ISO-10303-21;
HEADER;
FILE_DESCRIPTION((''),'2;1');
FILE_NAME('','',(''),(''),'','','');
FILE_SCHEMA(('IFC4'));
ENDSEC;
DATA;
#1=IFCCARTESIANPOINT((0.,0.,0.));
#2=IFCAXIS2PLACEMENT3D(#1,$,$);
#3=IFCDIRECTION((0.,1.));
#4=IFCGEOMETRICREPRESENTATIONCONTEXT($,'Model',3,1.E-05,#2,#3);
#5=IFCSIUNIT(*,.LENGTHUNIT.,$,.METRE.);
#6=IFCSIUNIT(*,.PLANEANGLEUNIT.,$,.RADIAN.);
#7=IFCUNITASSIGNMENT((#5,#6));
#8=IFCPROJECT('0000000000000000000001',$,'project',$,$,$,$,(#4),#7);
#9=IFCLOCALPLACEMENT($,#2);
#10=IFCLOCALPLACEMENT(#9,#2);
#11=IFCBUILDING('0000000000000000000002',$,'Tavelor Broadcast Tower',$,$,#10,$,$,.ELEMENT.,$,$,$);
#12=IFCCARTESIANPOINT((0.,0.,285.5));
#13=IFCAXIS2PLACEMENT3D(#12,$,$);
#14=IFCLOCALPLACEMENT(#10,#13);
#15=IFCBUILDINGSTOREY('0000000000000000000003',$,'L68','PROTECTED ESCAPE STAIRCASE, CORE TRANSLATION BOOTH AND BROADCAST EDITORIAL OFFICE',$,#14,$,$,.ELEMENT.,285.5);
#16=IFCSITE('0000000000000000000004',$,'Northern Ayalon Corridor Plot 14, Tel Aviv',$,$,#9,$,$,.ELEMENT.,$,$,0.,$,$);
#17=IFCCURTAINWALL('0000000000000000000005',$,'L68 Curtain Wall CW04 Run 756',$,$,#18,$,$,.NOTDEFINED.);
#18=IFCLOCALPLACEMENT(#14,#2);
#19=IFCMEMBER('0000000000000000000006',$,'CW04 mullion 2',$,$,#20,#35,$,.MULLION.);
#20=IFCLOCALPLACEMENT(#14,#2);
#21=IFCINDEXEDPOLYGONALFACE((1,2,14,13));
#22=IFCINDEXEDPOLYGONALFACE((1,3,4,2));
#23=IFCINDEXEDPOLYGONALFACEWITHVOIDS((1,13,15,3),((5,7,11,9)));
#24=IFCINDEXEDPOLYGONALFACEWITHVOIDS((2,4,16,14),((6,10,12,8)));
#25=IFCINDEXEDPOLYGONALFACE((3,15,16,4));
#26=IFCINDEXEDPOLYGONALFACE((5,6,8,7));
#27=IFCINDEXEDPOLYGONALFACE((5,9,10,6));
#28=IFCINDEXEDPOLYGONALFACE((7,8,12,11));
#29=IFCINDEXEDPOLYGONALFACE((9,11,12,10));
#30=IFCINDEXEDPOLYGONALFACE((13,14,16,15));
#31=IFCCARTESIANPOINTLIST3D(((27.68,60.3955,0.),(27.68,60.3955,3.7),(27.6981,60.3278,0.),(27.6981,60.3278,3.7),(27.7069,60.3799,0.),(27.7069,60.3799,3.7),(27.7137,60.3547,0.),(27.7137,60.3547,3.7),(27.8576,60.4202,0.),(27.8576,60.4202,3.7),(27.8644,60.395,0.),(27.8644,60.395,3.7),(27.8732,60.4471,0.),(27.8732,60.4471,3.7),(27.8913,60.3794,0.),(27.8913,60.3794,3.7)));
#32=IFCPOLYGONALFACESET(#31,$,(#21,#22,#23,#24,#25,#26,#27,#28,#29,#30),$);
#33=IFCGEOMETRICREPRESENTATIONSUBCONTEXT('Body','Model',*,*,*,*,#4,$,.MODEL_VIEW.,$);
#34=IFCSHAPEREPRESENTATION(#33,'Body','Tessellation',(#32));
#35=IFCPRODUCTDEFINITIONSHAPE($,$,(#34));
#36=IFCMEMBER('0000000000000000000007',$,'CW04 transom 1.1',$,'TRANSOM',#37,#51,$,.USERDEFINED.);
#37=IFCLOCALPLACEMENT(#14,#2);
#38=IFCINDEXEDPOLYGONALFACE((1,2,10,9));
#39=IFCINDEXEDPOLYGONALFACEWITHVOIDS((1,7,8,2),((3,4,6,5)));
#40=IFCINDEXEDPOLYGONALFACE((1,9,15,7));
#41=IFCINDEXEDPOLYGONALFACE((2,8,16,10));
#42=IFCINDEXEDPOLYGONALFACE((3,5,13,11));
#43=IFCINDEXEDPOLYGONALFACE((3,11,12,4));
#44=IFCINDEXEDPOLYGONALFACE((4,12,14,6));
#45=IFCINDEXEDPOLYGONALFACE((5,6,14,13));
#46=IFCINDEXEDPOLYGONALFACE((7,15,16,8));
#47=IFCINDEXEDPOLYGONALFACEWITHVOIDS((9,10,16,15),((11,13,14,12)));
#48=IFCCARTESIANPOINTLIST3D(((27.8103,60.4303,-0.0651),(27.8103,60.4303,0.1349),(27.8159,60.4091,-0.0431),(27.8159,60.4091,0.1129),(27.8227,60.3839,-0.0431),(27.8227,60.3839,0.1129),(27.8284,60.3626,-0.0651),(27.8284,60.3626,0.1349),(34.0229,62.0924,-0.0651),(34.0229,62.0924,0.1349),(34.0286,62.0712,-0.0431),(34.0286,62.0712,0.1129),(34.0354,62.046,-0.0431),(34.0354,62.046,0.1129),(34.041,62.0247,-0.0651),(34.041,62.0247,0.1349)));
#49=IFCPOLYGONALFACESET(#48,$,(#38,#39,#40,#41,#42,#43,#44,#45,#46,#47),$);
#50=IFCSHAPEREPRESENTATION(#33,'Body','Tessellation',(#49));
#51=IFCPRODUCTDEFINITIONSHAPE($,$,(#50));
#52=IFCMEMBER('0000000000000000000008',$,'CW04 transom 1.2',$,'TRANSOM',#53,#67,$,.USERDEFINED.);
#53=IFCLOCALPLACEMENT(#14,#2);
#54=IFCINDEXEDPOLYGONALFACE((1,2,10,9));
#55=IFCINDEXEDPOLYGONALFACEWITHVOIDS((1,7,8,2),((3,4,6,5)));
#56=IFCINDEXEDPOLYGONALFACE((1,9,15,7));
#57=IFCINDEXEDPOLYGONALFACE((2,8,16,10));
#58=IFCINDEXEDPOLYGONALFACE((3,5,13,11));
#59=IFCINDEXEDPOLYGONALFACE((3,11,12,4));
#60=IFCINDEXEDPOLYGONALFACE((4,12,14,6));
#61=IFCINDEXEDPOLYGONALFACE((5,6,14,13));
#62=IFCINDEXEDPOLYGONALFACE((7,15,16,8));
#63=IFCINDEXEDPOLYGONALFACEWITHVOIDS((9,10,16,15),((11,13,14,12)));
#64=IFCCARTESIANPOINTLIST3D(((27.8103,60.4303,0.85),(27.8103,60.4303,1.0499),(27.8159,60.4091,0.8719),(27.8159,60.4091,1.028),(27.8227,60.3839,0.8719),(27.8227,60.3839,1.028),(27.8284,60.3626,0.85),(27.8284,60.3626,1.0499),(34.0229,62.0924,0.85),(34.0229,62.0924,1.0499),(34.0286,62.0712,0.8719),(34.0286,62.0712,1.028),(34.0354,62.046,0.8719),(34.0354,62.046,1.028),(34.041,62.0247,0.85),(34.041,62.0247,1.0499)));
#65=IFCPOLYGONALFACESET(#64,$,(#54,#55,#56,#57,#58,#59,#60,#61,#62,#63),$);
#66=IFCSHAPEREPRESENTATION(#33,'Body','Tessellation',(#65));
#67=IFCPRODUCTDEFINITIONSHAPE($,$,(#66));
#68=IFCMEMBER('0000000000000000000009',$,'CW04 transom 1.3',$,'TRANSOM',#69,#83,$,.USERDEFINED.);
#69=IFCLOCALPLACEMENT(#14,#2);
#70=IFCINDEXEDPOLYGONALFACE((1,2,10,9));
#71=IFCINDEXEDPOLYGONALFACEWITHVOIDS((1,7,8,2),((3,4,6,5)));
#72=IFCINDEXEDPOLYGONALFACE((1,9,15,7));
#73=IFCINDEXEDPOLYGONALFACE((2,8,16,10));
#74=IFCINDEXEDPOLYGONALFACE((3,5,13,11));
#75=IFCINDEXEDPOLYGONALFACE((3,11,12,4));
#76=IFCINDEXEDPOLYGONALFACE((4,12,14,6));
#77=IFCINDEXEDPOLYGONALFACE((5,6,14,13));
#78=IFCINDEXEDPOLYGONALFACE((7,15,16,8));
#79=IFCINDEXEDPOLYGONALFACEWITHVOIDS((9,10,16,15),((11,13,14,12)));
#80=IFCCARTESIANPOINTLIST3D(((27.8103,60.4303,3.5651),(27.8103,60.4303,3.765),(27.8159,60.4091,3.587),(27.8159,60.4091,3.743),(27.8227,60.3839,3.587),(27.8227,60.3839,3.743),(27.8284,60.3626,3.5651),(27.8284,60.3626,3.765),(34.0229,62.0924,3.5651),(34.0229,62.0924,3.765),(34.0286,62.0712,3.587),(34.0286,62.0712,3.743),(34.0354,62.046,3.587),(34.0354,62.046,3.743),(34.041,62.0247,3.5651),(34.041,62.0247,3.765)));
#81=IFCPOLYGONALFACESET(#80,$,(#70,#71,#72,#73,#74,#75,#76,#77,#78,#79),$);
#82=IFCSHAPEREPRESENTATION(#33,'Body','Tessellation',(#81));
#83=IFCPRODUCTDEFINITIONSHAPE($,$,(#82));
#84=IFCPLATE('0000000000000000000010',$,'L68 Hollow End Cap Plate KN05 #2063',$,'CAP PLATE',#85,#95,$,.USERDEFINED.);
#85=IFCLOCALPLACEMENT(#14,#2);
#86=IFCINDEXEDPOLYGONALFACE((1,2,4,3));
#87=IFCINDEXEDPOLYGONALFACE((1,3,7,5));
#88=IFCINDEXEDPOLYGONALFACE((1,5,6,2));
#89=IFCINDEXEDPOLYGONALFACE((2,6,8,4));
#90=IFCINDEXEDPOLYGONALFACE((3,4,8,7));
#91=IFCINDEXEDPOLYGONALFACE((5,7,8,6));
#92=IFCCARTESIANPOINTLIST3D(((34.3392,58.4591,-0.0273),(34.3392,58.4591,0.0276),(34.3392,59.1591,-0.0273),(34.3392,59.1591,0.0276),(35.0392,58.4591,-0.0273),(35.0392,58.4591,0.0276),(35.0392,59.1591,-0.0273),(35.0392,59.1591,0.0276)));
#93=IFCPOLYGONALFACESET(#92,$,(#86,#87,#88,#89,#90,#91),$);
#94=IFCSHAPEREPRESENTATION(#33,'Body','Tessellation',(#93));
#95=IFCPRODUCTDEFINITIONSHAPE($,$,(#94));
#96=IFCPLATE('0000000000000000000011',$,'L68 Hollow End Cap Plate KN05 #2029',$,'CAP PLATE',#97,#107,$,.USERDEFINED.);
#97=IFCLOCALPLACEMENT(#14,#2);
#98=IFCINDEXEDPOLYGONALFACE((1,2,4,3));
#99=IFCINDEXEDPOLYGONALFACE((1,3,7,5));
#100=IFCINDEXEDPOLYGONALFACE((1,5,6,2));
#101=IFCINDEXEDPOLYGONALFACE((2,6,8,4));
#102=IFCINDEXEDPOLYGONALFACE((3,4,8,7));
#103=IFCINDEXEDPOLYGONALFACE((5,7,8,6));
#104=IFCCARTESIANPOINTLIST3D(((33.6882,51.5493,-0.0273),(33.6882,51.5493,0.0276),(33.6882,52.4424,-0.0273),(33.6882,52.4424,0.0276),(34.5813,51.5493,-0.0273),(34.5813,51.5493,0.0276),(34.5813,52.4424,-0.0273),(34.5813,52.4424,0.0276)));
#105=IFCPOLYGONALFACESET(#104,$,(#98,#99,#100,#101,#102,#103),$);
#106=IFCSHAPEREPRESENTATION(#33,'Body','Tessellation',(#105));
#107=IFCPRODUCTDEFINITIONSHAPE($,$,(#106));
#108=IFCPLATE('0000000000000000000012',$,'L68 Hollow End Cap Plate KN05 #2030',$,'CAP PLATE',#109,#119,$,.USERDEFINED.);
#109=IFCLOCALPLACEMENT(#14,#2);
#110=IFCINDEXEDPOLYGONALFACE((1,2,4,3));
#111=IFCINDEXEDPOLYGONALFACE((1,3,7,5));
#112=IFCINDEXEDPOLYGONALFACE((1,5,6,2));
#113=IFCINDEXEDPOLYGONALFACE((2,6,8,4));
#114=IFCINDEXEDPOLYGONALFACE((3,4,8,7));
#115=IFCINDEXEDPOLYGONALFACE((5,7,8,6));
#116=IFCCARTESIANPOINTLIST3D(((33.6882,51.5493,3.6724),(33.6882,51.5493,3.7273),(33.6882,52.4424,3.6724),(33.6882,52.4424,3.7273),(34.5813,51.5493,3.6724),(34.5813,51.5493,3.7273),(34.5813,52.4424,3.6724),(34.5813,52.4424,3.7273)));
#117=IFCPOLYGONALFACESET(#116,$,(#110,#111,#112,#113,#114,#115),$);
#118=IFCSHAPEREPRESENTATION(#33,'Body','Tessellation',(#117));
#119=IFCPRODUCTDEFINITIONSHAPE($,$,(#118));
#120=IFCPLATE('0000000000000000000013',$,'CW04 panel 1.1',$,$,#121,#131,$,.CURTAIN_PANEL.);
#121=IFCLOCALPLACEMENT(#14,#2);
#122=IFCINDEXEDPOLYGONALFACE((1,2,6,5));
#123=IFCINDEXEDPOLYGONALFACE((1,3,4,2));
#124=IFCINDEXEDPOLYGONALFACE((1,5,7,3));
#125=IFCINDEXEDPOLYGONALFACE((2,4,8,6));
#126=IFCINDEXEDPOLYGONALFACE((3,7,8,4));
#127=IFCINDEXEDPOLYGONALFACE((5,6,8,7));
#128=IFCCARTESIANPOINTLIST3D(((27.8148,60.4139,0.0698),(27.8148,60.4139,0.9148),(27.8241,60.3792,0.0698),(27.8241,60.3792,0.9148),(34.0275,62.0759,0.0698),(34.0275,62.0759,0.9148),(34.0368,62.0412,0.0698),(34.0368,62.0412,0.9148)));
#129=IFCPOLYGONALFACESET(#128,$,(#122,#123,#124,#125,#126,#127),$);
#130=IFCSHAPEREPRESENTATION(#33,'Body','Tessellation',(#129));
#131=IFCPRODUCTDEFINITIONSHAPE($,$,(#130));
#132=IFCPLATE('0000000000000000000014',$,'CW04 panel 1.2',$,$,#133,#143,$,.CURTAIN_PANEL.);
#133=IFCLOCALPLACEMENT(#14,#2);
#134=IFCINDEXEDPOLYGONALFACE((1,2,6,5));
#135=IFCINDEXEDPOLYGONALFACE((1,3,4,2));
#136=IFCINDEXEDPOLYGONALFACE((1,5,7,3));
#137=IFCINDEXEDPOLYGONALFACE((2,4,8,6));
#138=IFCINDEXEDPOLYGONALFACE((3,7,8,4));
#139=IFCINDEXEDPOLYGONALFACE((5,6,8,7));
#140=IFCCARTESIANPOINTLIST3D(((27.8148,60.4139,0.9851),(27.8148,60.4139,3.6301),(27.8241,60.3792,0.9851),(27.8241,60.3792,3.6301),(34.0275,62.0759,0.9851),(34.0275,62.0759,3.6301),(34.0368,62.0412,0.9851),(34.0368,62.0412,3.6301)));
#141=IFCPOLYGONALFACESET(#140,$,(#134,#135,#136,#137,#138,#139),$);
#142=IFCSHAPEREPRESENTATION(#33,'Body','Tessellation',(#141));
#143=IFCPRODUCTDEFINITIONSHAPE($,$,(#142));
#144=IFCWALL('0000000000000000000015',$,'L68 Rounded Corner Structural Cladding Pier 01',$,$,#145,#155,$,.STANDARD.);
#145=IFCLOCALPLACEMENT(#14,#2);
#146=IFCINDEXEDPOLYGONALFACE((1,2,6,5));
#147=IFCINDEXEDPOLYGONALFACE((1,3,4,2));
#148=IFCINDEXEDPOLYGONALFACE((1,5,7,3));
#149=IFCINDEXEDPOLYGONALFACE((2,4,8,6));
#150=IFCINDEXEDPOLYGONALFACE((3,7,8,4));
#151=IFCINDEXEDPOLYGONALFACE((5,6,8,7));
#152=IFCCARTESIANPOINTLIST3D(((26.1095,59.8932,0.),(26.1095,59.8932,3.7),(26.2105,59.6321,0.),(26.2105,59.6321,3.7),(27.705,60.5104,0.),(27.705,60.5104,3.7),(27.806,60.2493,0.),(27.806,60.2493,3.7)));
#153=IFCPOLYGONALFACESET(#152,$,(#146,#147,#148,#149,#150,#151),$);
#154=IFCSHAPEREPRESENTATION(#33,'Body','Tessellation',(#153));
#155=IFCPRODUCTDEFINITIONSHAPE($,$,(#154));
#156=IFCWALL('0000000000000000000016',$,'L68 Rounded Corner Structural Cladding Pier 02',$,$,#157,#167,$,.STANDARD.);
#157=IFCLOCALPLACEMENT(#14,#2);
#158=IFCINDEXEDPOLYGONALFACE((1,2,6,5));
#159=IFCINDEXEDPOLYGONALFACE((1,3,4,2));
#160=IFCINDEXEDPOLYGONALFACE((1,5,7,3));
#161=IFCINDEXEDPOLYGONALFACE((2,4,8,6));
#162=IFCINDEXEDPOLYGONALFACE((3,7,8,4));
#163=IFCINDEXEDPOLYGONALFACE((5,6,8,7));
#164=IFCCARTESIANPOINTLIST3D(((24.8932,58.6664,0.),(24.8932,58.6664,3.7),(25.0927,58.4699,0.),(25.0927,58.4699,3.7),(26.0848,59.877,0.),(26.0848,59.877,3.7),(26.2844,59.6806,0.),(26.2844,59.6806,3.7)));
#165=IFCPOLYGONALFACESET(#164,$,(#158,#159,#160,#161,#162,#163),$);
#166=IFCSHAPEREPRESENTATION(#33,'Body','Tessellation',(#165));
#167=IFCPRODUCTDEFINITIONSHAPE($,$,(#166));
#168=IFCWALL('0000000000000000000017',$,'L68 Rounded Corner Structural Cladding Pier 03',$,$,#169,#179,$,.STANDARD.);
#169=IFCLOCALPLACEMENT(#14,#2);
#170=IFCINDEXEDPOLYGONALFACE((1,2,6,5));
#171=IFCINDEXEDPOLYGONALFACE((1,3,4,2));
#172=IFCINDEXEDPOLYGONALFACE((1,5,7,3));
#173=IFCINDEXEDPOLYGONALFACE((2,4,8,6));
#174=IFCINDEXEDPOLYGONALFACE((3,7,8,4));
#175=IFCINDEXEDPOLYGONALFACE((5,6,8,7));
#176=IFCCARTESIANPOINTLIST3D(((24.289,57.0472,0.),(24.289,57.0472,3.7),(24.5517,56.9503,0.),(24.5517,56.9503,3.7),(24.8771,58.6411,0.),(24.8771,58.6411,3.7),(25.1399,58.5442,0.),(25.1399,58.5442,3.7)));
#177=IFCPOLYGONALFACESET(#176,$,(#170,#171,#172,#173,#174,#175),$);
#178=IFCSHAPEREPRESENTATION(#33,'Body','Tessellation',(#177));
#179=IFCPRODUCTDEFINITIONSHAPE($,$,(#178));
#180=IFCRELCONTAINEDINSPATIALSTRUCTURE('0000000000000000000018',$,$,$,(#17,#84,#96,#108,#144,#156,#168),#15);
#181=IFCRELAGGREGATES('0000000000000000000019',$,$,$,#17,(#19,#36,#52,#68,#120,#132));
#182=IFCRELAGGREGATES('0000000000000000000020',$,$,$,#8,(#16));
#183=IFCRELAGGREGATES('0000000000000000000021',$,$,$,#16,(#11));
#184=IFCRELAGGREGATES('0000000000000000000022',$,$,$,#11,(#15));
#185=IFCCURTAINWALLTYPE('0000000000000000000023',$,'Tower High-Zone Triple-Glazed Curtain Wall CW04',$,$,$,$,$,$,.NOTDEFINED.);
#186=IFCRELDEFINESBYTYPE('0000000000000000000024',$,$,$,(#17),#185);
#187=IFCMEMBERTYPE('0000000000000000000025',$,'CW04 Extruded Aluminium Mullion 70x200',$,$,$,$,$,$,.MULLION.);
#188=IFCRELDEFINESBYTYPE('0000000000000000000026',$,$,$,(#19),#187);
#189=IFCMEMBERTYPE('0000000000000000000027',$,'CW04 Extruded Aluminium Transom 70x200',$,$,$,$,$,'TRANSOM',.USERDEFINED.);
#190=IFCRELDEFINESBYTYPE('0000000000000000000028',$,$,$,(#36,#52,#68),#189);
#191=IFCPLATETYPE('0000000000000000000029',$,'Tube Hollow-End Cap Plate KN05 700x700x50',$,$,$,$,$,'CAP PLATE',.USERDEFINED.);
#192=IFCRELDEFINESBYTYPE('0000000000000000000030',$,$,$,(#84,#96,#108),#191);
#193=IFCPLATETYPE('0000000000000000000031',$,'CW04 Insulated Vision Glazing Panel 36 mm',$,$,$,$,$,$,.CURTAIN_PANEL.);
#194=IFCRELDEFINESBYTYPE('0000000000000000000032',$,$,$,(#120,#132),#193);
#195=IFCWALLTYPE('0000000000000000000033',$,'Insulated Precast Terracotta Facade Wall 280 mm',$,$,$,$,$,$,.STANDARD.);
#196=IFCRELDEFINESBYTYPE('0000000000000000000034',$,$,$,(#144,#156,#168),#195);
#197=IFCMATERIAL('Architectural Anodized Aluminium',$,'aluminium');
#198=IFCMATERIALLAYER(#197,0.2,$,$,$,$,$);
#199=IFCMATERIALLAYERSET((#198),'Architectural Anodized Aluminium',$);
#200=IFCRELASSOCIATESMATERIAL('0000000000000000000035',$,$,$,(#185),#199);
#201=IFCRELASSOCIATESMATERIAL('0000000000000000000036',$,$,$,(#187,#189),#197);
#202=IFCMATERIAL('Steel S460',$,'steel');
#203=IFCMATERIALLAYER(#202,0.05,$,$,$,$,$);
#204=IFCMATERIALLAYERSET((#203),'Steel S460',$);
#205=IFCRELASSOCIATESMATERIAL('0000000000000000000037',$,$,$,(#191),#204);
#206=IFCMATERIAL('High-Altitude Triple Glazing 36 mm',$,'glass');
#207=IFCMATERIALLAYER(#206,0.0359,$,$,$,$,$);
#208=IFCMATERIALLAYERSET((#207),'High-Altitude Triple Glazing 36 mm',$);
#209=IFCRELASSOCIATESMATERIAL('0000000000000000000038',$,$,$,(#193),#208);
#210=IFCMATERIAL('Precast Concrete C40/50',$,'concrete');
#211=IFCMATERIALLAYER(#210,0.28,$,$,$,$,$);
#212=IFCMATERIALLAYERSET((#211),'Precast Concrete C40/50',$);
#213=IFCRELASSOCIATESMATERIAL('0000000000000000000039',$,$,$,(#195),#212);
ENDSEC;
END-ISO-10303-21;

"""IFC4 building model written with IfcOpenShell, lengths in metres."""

from ifc_helpers import new_model, si_unit, direction, frame, frame_2d, origin, origin_2d, place, context, subcontext, project, spatial, rectangle, hollow_rectangle, extrude, source, transform, mapped, material, layer, layer_set, material_profile, profile_set, type_object, type_shapes, element, aggregate, save


model = new_model("IFC4")

# Units and contexts
model_context = context("Model", 3, precision=1e-05, world=origin(), true_north=direction((0.0, 1.0)))
body_context = subcontext(model_context, "Body", "Model", "MODEL_VIEW")
ifc_project = project(units=[si_unit("LENGTHUNIT", "METRE"), si_unit("PLANEANGLEUNIT", "RADIAN")], contexts=[model_context])

# Site, building, storey
site_placement = place(None, origin())
site = spatial("IfcSite", under=ifc_project, at=site_placement, Name="Northern Ayalon Corridor Plot 14, Tel Aviv", CompositionType="ELEMENT", RefElevation=0.0)
building_placement = place(site_placement, origin())
building = spatial("IfcBuilding", under=site, at=building_placement, Name="Tavelor Broadcast Tower", CompositionType="ELEMENT")
storey_placement = place(building_placement, frame((0.0, 0.0, 285.5)))
storey = spatial("IfcBuildingStorey", under=building, at=storey_placement, Name="L68", Description="PROTECTED ESCAPE STAIRCASE, CORE TRANSLATION BOOTH AND BROADCAST EDITORIAL OFFICE", CompositionType="ELEMENT", Elevation=285.5)

# Shared definitions
ifc_material_1 = material(Name="Steel S460", Category="steel")

# Shared definitions
ifc_material_2 = material(Name="Architectural Anodized Aluminium", Category="aluminium")
ifc_layer_1 = layer(ifc_material_2, 0.2)
ifc_layer_set_1 = layer_set([ifc_layer_1], Name="Architectural Anodized Aluminium")
curtain_wall_type = type_object("IfcCurtainWallType", Name="Tower High-Zone Triple-Glazed Curtain Wall CW04", PredefinedType="NOTDEFINED", material=ifc_layer_set_1)
ifc_material_profile_1 = material_profile(ifc_material_2, hollow_rectangle(XDim=0.0701, YDim=0.2, WallThickness=0.022, at=origin_2d()), Name="RHS 70x200x22")
ifc_profile_set_1 = profile_set([ifc_material_profile_1], Name="Architectural Anodized Aluminium")
member_type_1 = type_object("IfcMemberType", Name="CW04 Extruded Aluminium Mullion 70x200", PredefinedType="MULLION", material=ifc_profile_set_1)
shared_shape_1 = source(origin(), body_context, "Body", "SweptSolid", [
    extrude(hollow_rectangle(XDim=0.0701, YDim=0.2, WallThickness=0.022, at=origin_2d()), origin(), (0.0, 0.0, 1.0), 3.7),
])
type_shapes(member_type_1, [shared_shape_1])

# Curtain wall, members
curtain_wall_1_placement = place(storey_placement, origin())
curtain_wall_1 = element("IfcCurtainWall", 1, at=curtain_wall_1_placement, inside=storey, type_object=curtain_wall_type, Name="L68 Curtain Wall CW04 Run 756", PredefinedType="NOTDEFINED")
member_1_placement = place(storey_placement, frame((27.7856, 60.3875, 0.0), z_axis=(0.0, 0.0, 1.0), x_axis=(0.258434, -0.966029, 0.0)))
member_1 = element("IfcMember", 2, at=member_1_placement, type_object=member_type_1, Name="CW04 mullion 2", PredefinedType="MULLION", context=body_context, shape_type="MappedRepresentation", body=[
    mapped(shared_shape_1, transform((0.0, 0.0, 0.0), scale=1.0)),
])
ifc_material_profile_2 = material_profile(ifc_material_2, hollow_rectangle(XDim=0.0701, YDim=0.2, WallThickness=0.022, at=origin_2d()), Name="RHS 70x200x22")
ifc_profile_set_2 = profile_set([ifc_material_profile_2], Name="Architectural Anodized Aluminium")
member_type_2 = type_object("IfcMemberType", Name="CW04 Extruded Aluminium Transom 70x200", ElementType="TRANSOM", PredefinedType="USERDEFINED", material=ifc_profile_set_2)
shared_shape_2 = source(origin(), body_context, "Body", "SweptSolid", [
    extrude(hollow_rectangle(XDim=0.0701, YDim=0.2, WallThickness=0.022, at=origin_2d()), origin(), (0.0, 0.0, 1.0), 6.4312),
])
type_shapes(member_type_2, [shared_shape_2])
member_2_placement = place(storey_placement, frame((34.032, 62.0586, 0.0349), z_axis=(-0.966025, -0.258447, 0.0), x_axis=(0.258447, -0.966025, 0.0)))
member_2 = element("IfcMember", 3, at=member_2_placement, type_object=member_type_2, Name="CW04 transom 1.1", ObjectType="TRANSOM", PredefinedType="USERDEFINED", context=body_context, shape_type="MappedRepresentation", body=[
    mapped(shared_shape_2, transform((0.0, 0.0, 0.0), scale=1.0)),
])
member_3_placement = place(storey_placement, frame((34.032, 62.0586, 0.95), z_axis=(-0.966025, -0.258447, 0.0), x_axis=(0.258447, -0.966025, 0.0)))
member_3 = element("IfcMember", 4, at=member_3_placement, type_object=member_type_2, Name="CW04 transom 1.2", ObjectType="TRANSOM", PredefinedType="USERDEFINED", context=body_context, shape_type="MappedRepresentation", body=[
    mapped(shared_shape_2, transform((0.0, 0.0, 0.0), scale=1.0)),
])
member_4_placement = place(storey_placement, frame((34.032, 62.0586, 3.665), z_axis=(-0.966025, -0.258447, 0.0), x_axis=(0.258447, -0.966025, 0.0)))
member_4 = element("IfcMember", 5, at=member_4_placement, type_object=member_type_2, Name="CW04 transom 1.3", ObjectType="TRANSOM", PredefinedType="USERDEFINED", context=body_context, shape_type="MappedRepresentation", body=[
    mapped(shared_shape_2, transform((0.0, 0.0, 0.0), scale=1.0)),
])

# Plates
ifc_layer_2 = layer(ifc_material_1, 0.05)
ifc_layer_set_2 = layer_set([ifc_layer_2], Name="Steel S460")
plate_type_1 = type_object("IfcPlateType", Name="Tube Hollow-End Cap Plate KN05 700x700x50", ElementType="CAP PLATE", PredefinedType="USERDEFINED", material=ifc_layer_set_2)
shared_shape_3 = source(origin(), body_context, "Body", "SweptSolid", [
    extrude(rectangle(XDim=0.7, YDim=0.7, at=origin_2d()), origin(), (0.0, 0.0, 1.0), 0.0549),
])
plate_1_placement = place(storey_placement, frame((34.6892, 58.8091, -0.0273), z_axis=(0.0, 0.0, 1.0), x_axis=(1.0, 0.0, 0.0)))
element("IfcPlate", 6, at=plate_1_placement, inside=storey, type_object=plate_type_1, Name="L68 Hollow End Cap Plate KN05 #2063", ObjectType="CAP PLATE", PredefinedType="USERDEFINED", context=body_context, shape_type="MappedRepresentation", body=[
    mapped(shared_shape_3, transform((0.0, 0.0, 0.0), scale=1.0)),
])
shared_shape_4 = source(origin(), body_context, "Body", "SweptSolid", [
    extrude(rectangle(XDim=0.8931, YDim=0.8931, at=origin_2d()), origin(), (0.0, 0.0, 1.0), 0.0549),
])
type_shapes(plate_type_1, [shared_shape_3, shared_shape_4])
for number, where, z_axis, x_axis, name in (
    (7, (34.1348, 51.9958, -0.0273), (0.0, 0.0, 1.0), (1.0, 0.0, 0.0), "L68 Hollow End Cap Plate KN05 #2029"),
    (8, (34.1348, 51.9958, 3.6724), (0.0, 0.0, 1.0), (1.0, 0.0, 0.0), "L68 Hollow End Cap Plate KN05 #2030"),
):
    element("IfcPlate", number, at=place(storey_placement, frame(where, z_axis=z_axis, x_axis=x_axis)), inside=storey, type_object=plate_type_1, Name=name, ObjectType="CAP PLATE", PredefinedType="USERDEFINED", context=body_context, shape_type="MappedRepresentation", body=[
        mapped(shared_shape_4, transform((0.0, 0.0, 0.0), scale=1.0)),
    ])

# Plates
ifc_material_3 = material(Name="High-Altitude Triple Glazing 36 mm", Category="glass")
ifc_layer_3 = layer(ifc_material_3, 0.0359)
ifc_layer_set_3 = layer_set([ifc_layer_3], Name="High-Altitude Triple Glazing 36 mm")
plate_type_2 = type_object("IfcPlateType", Name="CW04 Insulated Vision Glazing Panel 36 mm", PredefinedType="CURTAIN_PANEL", material=ifc_layer_set_3)
shared_shape_5 = source(origin(), body_context, "Body", "SweptSolid", [
    extrude(rectangle(XDim=6.4312, YDim=0.0359, at=origin_2d()), origin(), (0.0, 0.0, 1.0), 0.845),
])
plate_2_placement = place(storey_placement, frame((30.9258, 61.2275, 0.0698), z_axis=(0.0, 0.0, 1.0), x_axis=(-0.966029, -0.258434, 0.0)))
plate_2 = element("IfcPlate", 9, at=plate_2_placement, type_object=plate_type_2, Name="CW04 panel 1.1", PredefinedType="CURTAIN_PANEL", context=body_context, shape_type="MappedRepresentation", body=[
    mapped(shared_shape_5, transform((0.0, 0.0, 0.0), scale=1.0)),
])
shared_shape_6 = source(origin(), body_context, "Body", "SweptSolid", [
    extrude(rectangle(XDim=6.4312, YDim=0.0359, at=origin_2d()), origin(), (0.0, 0.0, 1.0), 2.645),
])
type_shapes(plate_type_2, [shared_shape_5, shared_shape_6])
plate_3_placement = place(storey_placement, frame((30.9258, 61.2275, 0.9851), z_axis=(0.0, 0.0, 1.0), x_axis=(-0.966029, -0.258434, 0.0)))
plate_3 = element("IfcPlate", 10, at=plate_3_placement, type_object=plate_type_2, Name="CW04 panel 1.2", PredefinedType="CURTAIN_PANEL", context=body_context, shape_type="MappedRepresentation", body=[
    mapped(shared_shape_6, transform((0.0, 0.0, 0.0), scale=1.0)),
])
aggregate(curtain_wall_1, [member_1, member_2, member_3, member_4, plate_2, plate_3])

# Walls
ifc_material_4 = material(Name="Precast Concrete C40/50", Category="concrete")
ifc_layer_4 = layer(ifc_material_4, 0.28)
ifc_layer_set_4 = layer_set([ifc_layer_4], Name="Precast Concrete C40/50")
wall_type_1 = type_object("IfcWallType", Name="Insulated Precast Terracotta Facade Wall 280 mm", PredefinedType="STANDARD", material=ifc_layer_set_4)
wall_1_placement = place(storey_placement, frame((27.7556, 60.3799, 0.0), z_axis=(0.0, 0.0, 1.0), x_axis=(-0.932649, -0.360786, 0.0)))
element("IfcWall", 11, at=wall_1_placement, inside=storey, type_object=wall_type_1, Name="L68 Rounded Corner Structural Cladding Pier 01", PredefinedType="STANDARD", context=body_context, shape_type="SweptSolid", body=[
    extrude(rectangle(XDim=1.7107, YDim=0.28, at=frame_2d((0.8555, 0.0))), origin(), (0.0, 0.0, 1.0), 3.7),
])
wall_2_placement = place(storey_placement, frame((26.1846, 59.7788, 0.0), z_axis=(0.0, 0.0, 1.0), x_axis=(-0.70148, -0.71269, 0.0)))
element("IfcWall", 12, at=wall_2_placement, inside=storey, type_object=wall_type_1, Name="L68 Rounded Corner Structural Cladding Pier 02", PredefinedType="STANDARD", context=body_context, shape_type="SweptSolid", body=[
    extrude(rectangle(XDim=1.6987, YDim=0.28, at=frame_2d((0.8494, 0.0))), origin(), (0.0, 0.0, 1.0), 3.7),
])
wall_3_placement = place(storey_placement, frame((25.0085, 58.5928, 0.0), z_axis=(0.0, 0.0, 1.0), x_axis=(-0.346158, -0.938176, 0.0)))
element("IfcWall", 13, at=wall_3_placement, inside=storey, type_object=wall_type_1, Name="L68 Rounded Corner Structural Cladding Pier 03", PredefinedType="STANDARD", context=body_context, shape_type="SweptSolid", body=[
    extrude(rectangle(XDim=1.699, YDim=0.28, at=frame_2d((0.8496, 0.0))), origin(), (0.0, 0.0, 1.0), 3.7),
])

save(model, "model.ifc")
